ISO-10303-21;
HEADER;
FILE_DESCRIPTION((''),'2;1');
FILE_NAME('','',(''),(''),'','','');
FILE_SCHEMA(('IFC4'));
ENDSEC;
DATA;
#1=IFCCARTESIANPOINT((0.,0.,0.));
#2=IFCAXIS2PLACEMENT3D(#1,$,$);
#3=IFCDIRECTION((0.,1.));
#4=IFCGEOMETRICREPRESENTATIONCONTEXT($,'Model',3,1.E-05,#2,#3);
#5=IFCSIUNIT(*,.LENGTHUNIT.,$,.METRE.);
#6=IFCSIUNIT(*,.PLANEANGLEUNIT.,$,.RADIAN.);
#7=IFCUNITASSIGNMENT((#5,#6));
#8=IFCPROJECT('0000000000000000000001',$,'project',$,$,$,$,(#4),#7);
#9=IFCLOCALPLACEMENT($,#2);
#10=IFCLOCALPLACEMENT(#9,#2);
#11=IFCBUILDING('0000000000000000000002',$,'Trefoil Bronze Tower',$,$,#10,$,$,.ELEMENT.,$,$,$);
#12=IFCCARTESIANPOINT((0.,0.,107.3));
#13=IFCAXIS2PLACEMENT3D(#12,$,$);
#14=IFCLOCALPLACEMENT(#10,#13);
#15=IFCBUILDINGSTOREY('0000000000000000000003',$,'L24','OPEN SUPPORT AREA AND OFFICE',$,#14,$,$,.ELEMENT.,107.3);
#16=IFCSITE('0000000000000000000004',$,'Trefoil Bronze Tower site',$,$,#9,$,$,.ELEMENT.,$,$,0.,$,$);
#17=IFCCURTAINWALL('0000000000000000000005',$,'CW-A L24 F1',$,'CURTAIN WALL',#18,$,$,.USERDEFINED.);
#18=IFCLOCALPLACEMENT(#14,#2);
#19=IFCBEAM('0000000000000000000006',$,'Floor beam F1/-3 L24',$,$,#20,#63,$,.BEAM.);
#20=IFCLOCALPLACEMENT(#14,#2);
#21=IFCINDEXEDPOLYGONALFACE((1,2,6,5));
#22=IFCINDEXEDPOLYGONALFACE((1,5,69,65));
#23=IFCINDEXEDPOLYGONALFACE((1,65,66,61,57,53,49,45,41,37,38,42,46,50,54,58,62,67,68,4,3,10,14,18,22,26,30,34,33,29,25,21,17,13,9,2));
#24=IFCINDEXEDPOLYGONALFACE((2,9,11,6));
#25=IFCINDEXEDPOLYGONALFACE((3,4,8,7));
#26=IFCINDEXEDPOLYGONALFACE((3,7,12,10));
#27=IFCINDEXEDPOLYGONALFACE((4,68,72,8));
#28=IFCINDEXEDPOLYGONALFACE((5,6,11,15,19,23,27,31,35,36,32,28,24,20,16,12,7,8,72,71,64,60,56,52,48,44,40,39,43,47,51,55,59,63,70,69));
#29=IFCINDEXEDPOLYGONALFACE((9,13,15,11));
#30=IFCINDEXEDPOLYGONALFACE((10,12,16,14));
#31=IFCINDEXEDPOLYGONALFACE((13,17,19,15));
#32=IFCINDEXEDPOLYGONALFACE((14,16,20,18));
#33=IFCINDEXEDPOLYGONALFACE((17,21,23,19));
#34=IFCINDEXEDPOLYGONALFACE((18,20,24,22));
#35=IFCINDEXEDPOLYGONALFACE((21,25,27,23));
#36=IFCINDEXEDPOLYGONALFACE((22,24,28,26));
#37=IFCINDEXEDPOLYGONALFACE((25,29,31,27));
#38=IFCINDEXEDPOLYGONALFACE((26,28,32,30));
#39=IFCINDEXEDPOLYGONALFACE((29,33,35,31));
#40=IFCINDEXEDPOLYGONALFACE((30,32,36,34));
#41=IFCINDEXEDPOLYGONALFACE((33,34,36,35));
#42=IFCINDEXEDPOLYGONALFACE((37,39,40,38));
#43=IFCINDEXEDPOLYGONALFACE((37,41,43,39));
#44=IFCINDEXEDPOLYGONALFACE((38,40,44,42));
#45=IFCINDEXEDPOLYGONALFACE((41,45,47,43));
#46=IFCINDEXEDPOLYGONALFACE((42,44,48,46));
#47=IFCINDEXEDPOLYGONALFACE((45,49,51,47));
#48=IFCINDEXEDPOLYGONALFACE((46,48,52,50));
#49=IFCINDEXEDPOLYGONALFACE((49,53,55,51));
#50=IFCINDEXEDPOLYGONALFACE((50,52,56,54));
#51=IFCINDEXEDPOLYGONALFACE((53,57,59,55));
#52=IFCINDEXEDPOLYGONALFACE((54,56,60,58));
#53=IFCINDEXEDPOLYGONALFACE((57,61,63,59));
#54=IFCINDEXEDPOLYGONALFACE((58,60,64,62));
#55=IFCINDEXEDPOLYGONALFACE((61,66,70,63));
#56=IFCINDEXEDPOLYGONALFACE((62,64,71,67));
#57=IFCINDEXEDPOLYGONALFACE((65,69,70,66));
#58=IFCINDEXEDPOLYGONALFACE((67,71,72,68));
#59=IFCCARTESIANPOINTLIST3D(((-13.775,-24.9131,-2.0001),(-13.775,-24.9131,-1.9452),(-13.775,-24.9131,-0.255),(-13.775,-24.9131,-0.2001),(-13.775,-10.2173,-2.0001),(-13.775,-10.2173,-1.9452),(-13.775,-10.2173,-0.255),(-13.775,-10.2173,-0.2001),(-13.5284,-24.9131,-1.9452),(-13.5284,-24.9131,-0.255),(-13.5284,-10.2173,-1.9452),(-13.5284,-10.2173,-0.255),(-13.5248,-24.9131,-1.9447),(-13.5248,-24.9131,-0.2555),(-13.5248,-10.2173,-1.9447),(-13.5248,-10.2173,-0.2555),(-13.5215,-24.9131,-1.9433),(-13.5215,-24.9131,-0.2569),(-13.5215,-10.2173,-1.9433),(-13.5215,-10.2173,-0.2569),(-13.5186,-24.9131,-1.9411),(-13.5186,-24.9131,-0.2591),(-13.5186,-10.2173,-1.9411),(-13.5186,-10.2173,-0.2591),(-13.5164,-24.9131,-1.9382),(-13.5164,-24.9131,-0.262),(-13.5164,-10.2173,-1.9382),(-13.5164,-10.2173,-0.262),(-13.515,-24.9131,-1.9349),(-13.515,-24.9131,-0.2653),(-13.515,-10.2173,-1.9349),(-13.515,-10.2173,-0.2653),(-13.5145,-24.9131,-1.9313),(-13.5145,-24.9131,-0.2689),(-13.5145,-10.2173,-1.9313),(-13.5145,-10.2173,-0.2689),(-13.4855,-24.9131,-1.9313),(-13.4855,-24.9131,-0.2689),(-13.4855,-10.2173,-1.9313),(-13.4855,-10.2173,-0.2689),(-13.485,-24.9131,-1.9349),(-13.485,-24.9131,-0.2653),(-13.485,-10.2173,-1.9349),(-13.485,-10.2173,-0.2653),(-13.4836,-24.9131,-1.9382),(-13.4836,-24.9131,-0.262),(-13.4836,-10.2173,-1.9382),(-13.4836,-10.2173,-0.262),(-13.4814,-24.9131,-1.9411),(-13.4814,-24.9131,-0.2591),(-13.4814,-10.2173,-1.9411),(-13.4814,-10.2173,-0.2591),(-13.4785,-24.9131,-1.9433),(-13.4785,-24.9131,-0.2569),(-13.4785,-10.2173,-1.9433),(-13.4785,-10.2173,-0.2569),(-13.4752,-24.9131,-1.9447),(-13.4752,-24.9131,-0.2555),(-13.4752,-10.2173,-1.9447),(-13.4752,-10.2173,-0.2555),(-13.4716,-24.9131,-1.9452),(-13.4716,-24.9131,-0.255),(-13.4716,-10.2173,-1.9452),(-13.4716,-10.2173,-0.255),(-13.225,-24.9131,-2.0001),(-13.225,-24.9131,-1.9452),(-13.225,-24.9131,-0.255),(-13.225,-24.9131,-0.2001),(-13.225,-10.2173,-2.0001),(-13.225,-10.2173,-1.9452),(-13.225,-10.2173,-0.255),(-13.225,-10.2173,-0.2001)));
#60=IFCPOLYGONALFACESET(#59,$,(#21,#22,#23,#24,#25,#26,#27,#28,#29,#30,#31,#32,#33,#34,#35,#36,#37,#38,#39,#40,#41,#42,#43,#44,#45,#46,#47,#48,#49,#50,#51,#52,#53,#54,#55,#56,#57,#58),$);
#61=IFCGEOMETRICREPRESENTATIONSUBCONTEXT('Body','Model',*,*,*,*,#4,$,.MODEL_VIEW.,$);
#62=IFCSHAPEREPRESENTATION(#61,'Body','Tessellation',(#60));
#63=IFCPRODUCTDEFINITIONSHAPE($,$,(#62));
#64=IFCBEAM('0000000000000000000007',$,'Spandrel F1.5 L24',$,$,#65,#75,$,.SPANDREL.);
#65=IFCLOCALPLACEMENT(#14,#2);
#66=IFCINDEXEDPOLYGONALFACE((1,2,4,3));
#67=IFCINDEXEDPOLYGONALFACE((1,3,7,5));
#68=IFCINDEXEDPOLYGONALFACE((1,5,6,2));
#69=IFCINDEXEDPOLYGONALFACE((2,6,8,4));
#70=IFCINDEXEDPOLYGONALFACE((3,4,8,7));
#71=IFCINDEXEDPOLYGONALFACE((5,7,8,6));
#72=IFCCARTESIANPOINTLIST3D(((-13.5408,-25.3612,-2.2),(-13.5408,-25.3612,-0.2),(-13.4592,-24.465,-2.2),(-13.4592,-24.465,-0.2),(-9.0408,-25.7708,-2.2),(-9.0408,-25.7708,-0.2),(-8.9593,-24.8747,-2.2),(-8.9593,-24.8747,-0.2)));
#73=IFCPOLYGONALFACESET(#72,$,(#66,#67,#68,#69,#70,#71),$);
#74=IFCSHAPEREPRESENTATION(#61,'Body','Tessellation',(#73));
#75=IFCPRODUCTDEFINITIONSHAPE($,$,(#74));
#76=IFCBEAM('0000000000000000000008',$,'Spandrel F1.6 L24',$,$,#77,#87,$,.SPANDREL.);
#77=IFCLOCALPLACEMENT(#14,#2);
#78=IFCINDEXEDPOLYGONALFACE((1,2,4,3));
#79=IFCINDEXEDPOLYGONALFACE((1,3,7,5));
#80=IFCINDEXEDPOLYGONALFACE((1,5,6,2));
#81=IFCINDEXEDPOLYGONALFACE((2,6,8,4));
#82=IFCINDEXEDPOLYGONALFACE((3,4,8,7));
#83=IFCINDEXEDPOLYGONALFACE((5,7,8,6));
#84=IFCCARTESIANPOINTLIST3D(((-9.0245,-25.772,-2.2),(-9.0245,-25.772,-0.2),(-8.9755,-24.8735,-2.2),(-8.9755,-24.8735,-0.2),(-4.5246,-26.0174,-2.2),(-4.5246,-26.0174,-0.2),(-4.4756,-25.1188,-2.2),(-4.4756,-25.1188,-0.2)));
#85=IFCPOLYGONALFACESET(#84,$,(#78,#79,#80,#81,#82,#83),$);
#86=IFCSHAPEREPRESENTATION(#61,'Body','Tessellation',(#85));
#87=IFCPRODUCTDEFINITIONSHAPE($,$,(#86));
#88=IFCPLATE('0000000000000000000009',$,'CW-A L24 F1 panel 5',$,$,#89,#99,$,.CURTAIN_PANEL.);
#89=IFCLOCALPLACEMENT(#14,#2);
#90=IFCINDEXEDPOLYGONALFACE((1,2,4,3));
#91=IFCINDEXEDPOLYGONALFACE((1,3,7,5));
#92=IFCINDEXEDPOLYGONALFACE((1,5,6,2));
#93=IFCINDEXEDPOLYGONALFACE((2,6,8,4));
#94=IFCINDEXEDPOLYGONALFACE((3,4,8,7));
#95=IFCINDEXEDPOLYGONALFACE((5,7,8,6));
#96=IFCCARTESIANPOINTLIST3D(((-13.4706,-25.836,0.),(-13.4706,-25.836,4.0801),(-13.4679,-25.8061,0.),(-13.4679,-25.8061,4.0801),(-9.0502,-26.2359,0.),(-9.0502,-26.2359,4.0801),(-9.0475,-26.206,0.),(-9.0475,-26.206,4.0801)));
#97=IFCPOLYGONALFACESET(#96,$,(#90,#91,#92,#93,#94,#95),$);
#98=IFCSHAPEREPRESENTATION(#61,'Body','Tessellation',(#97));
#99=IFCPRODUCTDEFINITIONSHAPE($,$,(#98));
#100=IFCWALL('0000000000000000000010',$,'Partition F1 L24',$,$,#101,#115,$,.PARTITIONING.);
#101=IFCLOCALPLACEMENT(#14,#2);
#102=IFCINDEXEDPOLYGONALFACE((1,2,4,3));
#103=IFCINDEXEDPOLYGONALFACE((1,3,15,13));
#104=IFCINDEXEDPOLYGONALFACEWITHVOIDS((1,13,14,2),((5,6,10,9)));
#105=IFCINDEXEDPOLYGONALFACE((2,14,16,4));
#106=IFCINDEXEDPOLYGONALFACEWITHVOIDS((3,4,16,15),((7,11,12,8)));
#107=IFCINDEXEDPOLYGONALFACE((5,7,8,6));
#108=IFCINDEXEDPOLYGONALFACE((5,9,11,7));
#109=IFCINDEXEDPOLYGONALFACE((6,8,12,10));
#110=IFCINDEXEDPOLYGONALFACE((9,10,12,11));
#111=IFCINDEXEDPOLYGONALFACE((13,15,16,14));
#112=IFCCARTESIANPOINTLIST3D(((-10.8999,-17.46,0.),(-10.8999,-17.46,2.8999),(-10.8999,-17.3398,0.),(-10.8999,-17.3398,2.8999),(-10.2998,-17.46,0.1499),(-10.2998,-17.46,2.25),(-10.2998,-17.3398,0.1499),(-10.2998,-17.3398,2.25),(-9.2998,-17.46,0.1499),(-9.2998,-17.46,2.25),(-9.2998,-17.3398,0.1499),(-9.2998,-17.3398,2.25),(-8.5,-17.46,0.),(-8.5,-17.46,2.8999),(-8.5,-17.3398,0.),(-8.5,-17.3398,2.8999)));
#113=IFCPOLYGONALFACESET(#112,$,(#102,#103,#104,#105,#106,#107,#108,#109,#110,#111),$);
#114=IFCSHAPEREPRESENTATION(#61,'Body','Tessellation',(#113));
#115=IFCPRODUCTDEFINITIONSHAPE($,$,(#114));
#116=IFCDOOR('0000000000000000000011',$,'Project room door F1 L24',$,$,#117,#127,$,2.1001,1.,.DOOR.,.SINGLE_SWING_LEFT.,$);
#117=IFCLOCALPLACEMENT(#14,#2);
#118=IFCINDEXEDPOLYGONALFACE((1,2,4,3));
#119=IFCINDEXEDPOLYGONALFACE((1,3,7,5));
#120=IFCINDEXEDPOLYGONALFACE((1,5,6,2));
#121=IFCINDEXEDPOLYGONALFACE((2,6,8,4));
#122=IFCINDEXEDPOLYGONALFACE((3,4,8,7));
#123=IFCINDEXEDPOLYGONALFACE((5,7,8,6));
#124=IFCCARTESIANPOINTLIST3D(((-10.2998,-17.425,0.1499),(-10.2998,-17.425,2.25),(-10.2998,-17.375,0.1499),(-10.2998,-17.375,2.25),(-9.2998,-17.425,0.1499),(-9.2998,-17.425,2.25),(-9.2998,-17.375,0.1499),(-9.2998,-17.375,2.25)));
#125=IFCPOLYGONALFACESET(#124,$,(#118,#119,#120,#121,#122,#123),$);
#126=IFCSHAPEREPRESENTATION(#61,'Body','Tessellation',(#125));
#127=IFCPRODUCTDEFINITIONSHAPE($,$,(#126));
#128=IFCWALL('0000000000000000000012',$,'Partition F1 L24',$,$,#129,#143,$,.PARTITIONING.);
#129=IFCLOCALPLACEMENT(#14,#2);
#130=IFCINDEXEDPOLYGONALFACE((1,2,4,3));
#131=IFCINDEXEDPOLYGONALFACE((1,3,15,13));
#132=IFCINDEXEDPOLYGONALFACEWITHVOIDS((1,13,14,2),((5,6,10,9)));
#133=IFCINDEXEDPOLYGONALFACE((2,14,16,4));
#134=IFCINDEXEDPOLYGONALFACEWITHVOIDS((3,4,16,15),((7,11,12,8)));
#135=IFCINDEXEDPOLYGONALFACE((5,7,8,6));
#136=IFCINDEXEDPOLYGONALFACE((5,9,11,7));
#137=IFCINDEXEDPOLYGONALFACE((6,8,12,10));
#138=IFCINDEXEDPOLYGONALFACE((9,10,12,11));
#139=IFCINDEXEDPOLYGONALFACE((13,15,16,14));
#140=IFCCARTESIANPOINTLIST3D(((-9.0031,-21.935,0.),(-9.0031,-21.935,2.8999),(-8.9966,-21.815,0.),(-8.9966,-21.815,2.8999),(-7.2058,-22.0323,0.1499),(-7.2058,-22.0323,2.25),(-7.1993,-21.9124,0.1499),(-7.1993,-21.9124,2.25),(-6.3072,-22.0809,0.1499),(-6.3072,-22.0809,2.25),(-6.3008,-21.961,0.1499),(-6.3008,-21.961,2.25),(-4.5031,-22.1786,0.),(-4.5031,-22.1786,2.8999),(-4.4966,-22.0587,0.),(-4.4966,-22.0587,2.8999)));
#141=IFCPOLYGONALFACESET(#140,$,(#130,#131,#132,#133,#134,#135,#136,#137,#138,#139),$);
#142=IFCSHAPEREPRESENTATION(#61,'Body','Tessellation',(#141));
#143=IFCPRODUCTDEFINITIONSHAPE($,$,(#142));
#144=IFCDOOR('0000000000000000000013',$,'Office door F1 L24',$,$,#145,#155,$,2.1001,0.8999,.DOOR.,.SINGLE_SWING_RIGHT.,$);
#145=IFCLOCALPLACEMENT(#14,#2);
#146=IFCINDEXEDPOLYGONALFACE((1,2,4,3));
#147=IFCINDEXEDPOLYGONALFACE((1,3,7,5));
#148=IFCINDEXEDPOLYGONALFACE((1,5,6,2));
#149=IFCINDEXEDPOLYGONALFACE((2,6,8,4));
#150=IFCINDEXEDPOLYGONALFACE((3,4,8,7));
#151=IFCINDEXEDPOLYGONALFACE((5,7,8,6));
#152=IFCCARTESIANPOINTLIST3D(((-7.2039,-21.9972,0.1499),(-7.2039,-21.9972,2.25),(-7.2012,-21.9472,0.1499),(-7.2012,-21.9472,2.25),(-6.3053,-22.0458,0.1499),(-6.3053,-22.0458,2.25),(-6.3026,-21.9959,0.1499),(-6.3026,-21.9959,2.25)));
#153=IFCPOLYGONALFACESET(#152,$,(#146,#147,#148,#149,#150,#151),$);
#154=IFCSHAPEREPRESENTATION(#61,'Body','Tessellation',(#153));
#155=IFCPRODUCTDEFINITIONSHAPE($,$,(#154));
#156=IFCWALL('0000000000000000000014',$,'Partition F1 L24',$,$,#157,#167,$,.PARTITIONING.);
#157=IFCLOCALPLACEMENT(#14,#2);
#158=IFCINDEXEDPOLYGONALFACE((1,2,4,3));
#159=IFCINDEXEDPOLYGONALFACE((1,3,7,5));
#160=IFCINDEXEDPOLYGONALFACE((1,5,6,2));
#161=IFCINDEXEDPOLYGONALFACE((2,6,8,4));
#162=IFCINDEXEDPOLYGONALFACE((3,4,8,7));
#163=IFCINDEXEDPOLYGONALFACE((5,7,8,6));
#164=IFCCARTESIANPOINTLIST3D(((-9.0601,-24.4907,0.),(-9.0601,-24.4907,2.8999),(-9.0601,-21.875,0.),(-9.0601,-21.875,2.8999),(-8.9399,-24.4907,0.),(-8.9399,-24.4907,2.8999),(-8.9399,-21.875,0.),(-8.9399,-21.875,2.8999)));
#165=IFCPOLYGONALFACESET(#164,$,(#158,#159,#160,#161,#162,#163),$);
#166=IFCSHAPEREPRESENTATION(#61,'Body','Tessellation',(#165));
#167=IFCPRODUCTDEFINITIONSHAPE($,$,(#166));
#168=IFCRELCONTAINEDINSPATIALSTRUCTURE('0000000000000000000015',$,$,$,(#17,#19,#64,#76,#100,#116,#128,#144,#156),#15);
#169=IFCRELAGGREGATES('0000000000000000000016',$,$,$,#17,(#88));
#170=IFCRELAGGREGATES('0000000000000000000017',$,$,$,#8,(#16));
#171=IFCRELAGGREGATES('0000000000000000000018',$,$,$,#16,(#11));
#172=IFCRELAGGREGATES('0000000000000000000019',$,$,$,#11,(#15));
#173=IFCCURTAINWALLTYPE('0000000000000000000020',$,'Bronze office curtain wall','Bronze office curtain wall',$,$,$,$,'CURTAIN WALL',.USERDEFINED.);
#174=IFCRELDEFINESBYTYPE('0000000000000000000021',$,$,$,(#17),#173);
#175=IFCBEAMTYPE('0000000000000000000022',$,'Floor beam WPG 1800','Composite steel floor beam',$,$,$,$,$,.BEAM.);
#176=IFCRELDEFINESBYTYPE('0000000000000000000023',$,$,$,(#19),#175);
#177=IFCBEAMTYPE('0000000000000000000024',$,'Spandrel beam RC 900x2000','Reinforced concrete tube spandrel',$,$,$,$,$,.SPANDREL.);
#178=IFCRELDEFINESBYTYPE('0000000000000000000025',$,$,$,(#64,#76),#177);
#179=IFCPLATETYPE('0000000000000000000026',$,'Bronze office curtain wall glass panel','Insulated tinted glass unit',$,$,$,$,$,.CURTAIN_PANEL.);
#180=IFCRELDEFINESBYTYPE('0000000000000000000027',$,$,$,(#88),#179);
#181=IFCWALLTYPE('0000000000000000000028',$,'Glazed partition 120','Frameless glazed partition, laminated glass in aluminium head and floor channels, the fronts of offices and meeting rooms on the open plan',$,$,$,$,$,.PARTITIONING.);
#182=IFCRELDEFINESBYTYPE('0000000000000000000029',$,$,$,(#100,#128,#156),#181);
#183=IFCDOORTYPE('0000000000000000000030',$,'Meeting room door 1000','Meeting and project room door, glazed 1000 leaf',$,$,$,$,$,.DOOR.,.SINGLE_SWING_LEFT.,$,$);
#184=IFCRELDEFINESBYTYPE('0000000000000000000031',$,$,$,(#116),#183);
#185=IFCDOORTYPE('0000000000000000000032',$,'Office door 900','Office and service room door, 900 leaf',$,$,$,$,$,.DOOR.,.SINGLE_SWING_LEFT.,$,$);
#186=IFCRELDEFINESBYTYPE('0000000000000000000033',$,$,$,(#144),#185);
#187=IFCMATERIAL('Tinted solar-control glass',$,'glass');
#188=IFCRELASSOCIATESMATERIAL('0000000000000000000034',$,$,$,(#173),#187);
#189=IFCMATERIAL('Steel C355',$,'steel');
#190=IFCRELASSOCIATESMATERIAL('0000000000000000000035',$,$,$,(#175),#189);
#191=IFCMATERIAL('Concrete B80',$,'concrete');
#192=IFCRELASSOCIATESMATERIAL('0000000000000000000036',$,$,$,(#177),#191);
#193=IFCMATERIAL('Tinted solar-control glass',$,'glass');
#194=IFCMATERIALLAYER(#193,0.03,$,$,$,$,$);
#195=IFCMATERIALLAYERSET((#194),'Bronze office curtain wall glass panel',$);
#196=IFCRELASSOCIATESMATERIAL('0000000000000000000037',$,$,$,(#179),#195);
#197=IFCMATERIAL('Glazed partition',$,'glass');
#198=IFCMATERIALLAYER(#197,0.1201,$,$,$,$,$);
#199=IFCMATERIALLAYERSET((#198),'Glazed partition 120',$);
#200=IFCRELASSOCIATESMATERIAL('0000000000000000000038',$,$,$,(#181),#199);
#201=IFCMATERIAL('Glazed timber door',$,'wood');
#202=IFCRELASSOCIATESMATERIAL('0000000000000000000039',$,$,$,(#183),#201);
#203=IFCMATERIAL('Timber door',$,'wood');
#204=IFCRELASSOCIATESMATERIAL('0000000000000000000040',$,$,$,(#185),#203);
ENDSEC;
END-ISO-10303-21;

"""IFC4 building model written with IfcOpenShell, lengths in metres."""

from ifc_helpers import new_model, si_unit, direction, frame, frame_2d, origin, origin_2d, place, context, subcontext, project, spatial, rectangle, i_section, extrude, material, layer, layer_set, material_profile, profile_set, type_object, element, fill, aggregate, save


model = new_model("IFC4")

# Units and contexts
model_context = context("Model", 3, precision=1e-05, world=origin(), true_north=direction((0.0, 1.0)))
body_context = subcontext(model_context, "Body", "Model", "MODEL_VIEW")
ifc_project = project(units=[si_unit("LENGTHUNIT", "METRE"), si_unit("PLANEANGLEUNIT", "RADIAN")], contexts=[model_context])

# Site, building, storey
site_placement = place(None, origin())
site = spatial("IfcSite", under=ifc_project, at=site_placement, Name="Trefoil Bronze Tower site", CompositionType="ELEMENT", RefElevation=0.0)
building_placement = place(site_placement, origin())
building = spatial("IfcBuilding", under=site, at=building_placement, Name="Trefoil Bronze Tower", CompositionType="ELEMENT")
storey_placement = place(building_placement, frame((0.0, 0.0, 107.3)))
storey = spatial("IfcBuildingStorey", under=building, at=storey_placement, Name="L24", Description="OPEN SUPPORT AREA AND OFFICE", CompositionType="ELEMENT", Elevation=107.3)

# Curtain wall
ifc_material_1 = material(Name="Tinted solar-control glass", Category="glass")
curtain_wall_type = type_object("IfcCurtainWallType", Name="Bronze office curtain wall", Description="Bronze office curtain wall", ElementType="CURTAIN WALL", PredefinedType="USERDEFINED", material=ifc_material_1)
curtain_wall_placement = place(storey_placement, origin())
curtain_wall = element("IfcCurtainWall", 1, at=curtain_wall_placement, inside=storey, type_object=curtain_wall_type, Name="CW-A L24 F1", ObjectType="CURTAIN WALL", PredefinedType="USERDEFINED")

# Beams
ifc_material_2 = material(Name="Steel C355", Category="steel")
ifc_material_profile_1 = material_profile(ifc_material_2, i_section(OverallWidth=0.55, OverallDepth=1.8, WebThickness=0.0291, FlangeThickness=0.0549, FilletRadius=0.0139, at=origin_2d()), Name="WPG 1800")
ifc_profile_set_1 = profile_set([ifc_material_profile_1], Name="Steel C355")
beam_type_1 = type_object("IfcBeamType", Name="Floor beam WPG 1800", Description="Composite steel floor beam", PredefinedType="BEAM", material=ifc_profile_set_1)
beam_1_placement = place(storey_placement, frame((-13.5, -24.9131, -1.1001), z_axis=(0.0, 1.0, 0.0), x_axis=(-1.0, 0.0, 0.0)))
element("IfcBeam", 2, at=beam_1_placement, inside=storey, type_object=beam_type_1, Name="Floor beam F1/-3 L24", PredefinedType="BEAM", context=body_context, shape_type="SweptSolid", body=[
    extrude(i_section(OverallWidth=0.55, OverallDepth=1.8, WebThickness=0.0291, FlangeThickness=0.0549, FilletRadius=0.0139, at=origin_2d()), origin(), (0.0, 0.0, 1.0), 14.6958),
])
ifc_material_3 = material(Name="Concrete B80", Category="concrete")
ifc_material_profile_2 = material_profile(ifc_material_3, rectangle(XDim=0.8999, YDim=2.0, at=origin_2d()), Name="RC 900x2000")
ifc_profile_set_2 = profile_set([ifc_material_profile_2], Name="Concrete B80")
beam_type_2 = type_object("IfcBeamType", Name="Spandrel beam RC 900x2000", Description="Reinforced concrete tube spandrel", PredefinedType="SPANDREL", material=ifc_profile_set_2)
beam_2_placement = place(storey_placement, frame((-13.5, -24.9131, -1.2), z_axis=(0.995882, -0.090662, 0.0), x_axis=(0.090662, 0.995882, 0.0)))
element("IfcBeam", 3, at=beam_2_placement, inside=storey, type_object=beam_type_2, Name="Spandrel F1.5 L24", PredefinedType="SPANDREL", context=body_context, shape_type="SweptSolid", body=[
    extrude(rectangle(XDim=0.8999, YDim=2.0, at=origin_2d()), origin(), (0.0, 0.0, 1.0), 4.5186),
])
beam_3_placement = place(storey_placement, frame((-9.0, -25.3228, -1.2), z_axis=(0.998517, -0.054444, 0.0), x_axis=(0.054444, 0.998517, 0.0)))
element("IfcBeam", 4, at=beam_3_placement, inside=storey, type_object=beam_type_2, Name="Spandrel F1.6 L24", PredefinedType="SPANDREL", context=body_context, shape_type="SweptSolid", body=[
    extrude(rectangle(XDim=0.8999, YDim=2.0, at=origin_2d()), origin(), (0.0, 0.0, 1.0), 4.5066),
])

# Plate
ifc_material_4 = material(Name="Tinted solar-control glass", Category="glass")
ifc_layer_1 = layer(ifc_material_4, 0.03)
ifc_layer_set_1 = layer_set([ifc_layer_1], Name="Bronze office curtain wall glass panel")
plate_type = type_object("IfcPlateType", Name="Bronze office curtain wall glass panel", Description="Insulated tinted glass unit", PredefinedType="CURTAIN_PANEL", material=ifc_layer_set_1)
plate_placement = place(storey_placement, frame((-11.259, -26.021, 0.0), z_axis=(0.0, 0.0, 1.0), x_axis=(0.995932, -0.090105, 0.0)))
plate = element("IfcPlate", 5, at=plate_placement, type_object=plate_type, Name="CW-A L24 F1 panel 5", PredefinedType="CURTAIN_PANEL", context=body_context, shape_type="SweptSolid", body=[
    extrude(rectangle(XDim=4.4385, YDim=0.03, at=origin_2d()), origin(), (0.0, 0.0, 1.0), 4.0801),
])
aggregate(curtain_wall, [plate])

# Walls, openings, doors
ifc_material_5 = material(Name="Glazed partition", Category="glass")
ifc_layer_2 = layer(ifc_material_5, 0.1201)
ifc_layer_set_2 = layer_set([ifc_layer_2], Name="Glazed partition 120")
wall_type = type_object("IfcWallType", Name="Glazed partition 120", Description="Frameless glazed partition, laminated glass in aluminium head and floor channels, the fronts of offices and meeting rooms on the open plan", PredefinedType="PARTITIONING", material=ifc_layer_set_2)
wall_1_placement = place(storey_placement, frame((-10.8999, -17.3999, 0.0), z_axis=(0.0, 0.0, 1.0), x_axis=(1.0, 0.0, 0.0)))
wall_1 = element("IfcWall", 6, at=wall_1_placement, inside=storey, type_object=wall_type, Name="Partition F1 L24", PredefinedType="PARTITIONING", context=body_context, shape_type="SweptSolid", body=[
    extrude(rectangle(XDim=2.3999, YDim=0.1201, at=frame_2d((1.2, 0.0))), origin(), (0.0, 0.0, 1.0), 2.8999),
])
opening_1_placement = place(wall_1_placement, frame((0.6001, 0.0, 0.1499)))
opening_1 = element("IfcOpeningElement", 7, at=opening_1_placement, cuts=wall_1, PredefinedType="OPENING", context=body_context, shape_type="SweptSolid", body=[
    extrude(rectangle(XDim=1.0, YDim=2.1001, at=frame_2d((0.5, 1.05))), frame((0.0, 0.0701, 0.0), z_axis=(0.0, -1.0, 0.0), x_axis=(1.0, 0.0, 0.0)), (0.0, 0.0, 1.0), 0.1401),
])
ifc_material_6 = material(Name="Glazed timber door", Category="wood")
door_type_1 = type_object("IfcDoorType", Name="Meeting room door 1000", Description="Meeting and project room door, glazed 1000 leaf", OperationType="SINGLE_SWING_LEFT", PredefinedType="DOOR", material=ifc_material_6)
door_1_placement = place(opening_1_placement, origin())
door_1 = element("IfcDoor", 8, at=door_1_placement, inside=storey, type_object=door_type_1, Name="Project room door F1 L24", OperationType="SINGLE_SWING_LEFT", OverallHeight=2.1001, OverallWidth=1.0, PredefinedType="DOOR", context=body_context, shape_type="SweptSolid", body=[
    extrude(rectangle(XDim=1.0, YDim=2.1001, at=frame_2d((0.5, 1.05))), frame((0.0, 0.0249, 0.0), z_axis=(0.0, -1.0, 0.0), x_axis=(1.0, 0.0, 0.0)), (0.0, 0.0, 1.0), 0.05),
])
fill(opening_1, door_1)
wall_2_placement = place(storey_placement, frame((-9.0, -21.875, 0.0), z_axis=(0.0, 0.0, 1.0), x_axis=(0.998537, -0.054066, 0.0)))
wall_2 = element("IfcWall", 9, at=wall_2_placement, inside=storey, type_object=wall_type, Name="Partition F1 L24", PredefinedType="PARTITIONING", context=body_context, shape_type="SweptSolid", body=[
    extrude(rectangle(XDim=4.5066, YDim=0.1201, at=frame_2d((2.2534, 0.0))), origin(), (0.0, 0.0, 1.0), 2.8999),
])
opening_2_placement = place(wall_2_placement, frame((1.8, 0.0, 0.1499)))
opening_2 = element("IfcOpeningElement", 10, at=opening_2_placement, cuts=wall_2, PredefinedType="OPENING", context=body_context, shape_type="SweptSolid", body=[
    extrude(rectangle(XDim=0.8999, YDim=2.1001, at=frame_2d((0.45, 1.05))), frame((0.0, 0.0701, 0.0), z_axis=(0.0, -1.0, 0.0), x_axis=(1.0, 0.0, 0.0)), (0.0, 0.0, 1.0), 0.1401),
])
ifc_material_7 = material(Name="Timber door", Category="wood")
door_type_2 = type_object("IfcDoorType", Name="Office door 900", Description="Office and service room door, 900 leaf", OperationType="SINGLE_SWING_LEFT", PredefinedType="DOOR", material=ifc_material_7)
door_2_placement = place(opening_2_placement, frame((0.8999, 0.0, 0.0), z_axis=(0.0, 0.0, 1.0), x_axis=(-1.0, 0.0, 0.0)))
door_2 = element("IfcDoor", 11, at=door_2_placement, inside=storey, type_object=door_type_2, Name="Office door F1 L24", OperationType="SINGLE_SWING_RIGHT", OverallHeight=2.1001, OverallWidth=0.8999, PredefinedType="DOOR", context=body_context, shape_type="SweptSolid", body=[
    extrude(rectangle(XDim=0.8999, YDim=2.1001, at=frame_2d((0.45, 1.05))), frame((0.0, 0.0249, 0.0), z_axis=(0.0, -1.0, 0.0), x_axis=(1.0, 0.0, 0.0)), (0.0, 0.0, 1.0), 0.05),
])
fill(opening_2, door_2)

# Wall
wall_3_placement = place(storey_placement, frame((-9.0, -21.875, 0.0), z_axis=(0.0, 0.0, 1.0), x_axis=(0.0, -1.0, 0.0)))
element("IfcWall", 12, at=wall_3_placement, inside=storey, type_object=wall_type, Name="Partition F1 L24", PredefinedType="PARTITIONING", context=body_context, shape_type="SweptSolid", body=[
    extrude(rectangle(XDim=2.6157, YDim=0.1201, at=frame_2d((1.3079, 0.0))), origin(), (0.0, 0.0, 1.0), 2.8999),
])

save(model, "model.ifc")
